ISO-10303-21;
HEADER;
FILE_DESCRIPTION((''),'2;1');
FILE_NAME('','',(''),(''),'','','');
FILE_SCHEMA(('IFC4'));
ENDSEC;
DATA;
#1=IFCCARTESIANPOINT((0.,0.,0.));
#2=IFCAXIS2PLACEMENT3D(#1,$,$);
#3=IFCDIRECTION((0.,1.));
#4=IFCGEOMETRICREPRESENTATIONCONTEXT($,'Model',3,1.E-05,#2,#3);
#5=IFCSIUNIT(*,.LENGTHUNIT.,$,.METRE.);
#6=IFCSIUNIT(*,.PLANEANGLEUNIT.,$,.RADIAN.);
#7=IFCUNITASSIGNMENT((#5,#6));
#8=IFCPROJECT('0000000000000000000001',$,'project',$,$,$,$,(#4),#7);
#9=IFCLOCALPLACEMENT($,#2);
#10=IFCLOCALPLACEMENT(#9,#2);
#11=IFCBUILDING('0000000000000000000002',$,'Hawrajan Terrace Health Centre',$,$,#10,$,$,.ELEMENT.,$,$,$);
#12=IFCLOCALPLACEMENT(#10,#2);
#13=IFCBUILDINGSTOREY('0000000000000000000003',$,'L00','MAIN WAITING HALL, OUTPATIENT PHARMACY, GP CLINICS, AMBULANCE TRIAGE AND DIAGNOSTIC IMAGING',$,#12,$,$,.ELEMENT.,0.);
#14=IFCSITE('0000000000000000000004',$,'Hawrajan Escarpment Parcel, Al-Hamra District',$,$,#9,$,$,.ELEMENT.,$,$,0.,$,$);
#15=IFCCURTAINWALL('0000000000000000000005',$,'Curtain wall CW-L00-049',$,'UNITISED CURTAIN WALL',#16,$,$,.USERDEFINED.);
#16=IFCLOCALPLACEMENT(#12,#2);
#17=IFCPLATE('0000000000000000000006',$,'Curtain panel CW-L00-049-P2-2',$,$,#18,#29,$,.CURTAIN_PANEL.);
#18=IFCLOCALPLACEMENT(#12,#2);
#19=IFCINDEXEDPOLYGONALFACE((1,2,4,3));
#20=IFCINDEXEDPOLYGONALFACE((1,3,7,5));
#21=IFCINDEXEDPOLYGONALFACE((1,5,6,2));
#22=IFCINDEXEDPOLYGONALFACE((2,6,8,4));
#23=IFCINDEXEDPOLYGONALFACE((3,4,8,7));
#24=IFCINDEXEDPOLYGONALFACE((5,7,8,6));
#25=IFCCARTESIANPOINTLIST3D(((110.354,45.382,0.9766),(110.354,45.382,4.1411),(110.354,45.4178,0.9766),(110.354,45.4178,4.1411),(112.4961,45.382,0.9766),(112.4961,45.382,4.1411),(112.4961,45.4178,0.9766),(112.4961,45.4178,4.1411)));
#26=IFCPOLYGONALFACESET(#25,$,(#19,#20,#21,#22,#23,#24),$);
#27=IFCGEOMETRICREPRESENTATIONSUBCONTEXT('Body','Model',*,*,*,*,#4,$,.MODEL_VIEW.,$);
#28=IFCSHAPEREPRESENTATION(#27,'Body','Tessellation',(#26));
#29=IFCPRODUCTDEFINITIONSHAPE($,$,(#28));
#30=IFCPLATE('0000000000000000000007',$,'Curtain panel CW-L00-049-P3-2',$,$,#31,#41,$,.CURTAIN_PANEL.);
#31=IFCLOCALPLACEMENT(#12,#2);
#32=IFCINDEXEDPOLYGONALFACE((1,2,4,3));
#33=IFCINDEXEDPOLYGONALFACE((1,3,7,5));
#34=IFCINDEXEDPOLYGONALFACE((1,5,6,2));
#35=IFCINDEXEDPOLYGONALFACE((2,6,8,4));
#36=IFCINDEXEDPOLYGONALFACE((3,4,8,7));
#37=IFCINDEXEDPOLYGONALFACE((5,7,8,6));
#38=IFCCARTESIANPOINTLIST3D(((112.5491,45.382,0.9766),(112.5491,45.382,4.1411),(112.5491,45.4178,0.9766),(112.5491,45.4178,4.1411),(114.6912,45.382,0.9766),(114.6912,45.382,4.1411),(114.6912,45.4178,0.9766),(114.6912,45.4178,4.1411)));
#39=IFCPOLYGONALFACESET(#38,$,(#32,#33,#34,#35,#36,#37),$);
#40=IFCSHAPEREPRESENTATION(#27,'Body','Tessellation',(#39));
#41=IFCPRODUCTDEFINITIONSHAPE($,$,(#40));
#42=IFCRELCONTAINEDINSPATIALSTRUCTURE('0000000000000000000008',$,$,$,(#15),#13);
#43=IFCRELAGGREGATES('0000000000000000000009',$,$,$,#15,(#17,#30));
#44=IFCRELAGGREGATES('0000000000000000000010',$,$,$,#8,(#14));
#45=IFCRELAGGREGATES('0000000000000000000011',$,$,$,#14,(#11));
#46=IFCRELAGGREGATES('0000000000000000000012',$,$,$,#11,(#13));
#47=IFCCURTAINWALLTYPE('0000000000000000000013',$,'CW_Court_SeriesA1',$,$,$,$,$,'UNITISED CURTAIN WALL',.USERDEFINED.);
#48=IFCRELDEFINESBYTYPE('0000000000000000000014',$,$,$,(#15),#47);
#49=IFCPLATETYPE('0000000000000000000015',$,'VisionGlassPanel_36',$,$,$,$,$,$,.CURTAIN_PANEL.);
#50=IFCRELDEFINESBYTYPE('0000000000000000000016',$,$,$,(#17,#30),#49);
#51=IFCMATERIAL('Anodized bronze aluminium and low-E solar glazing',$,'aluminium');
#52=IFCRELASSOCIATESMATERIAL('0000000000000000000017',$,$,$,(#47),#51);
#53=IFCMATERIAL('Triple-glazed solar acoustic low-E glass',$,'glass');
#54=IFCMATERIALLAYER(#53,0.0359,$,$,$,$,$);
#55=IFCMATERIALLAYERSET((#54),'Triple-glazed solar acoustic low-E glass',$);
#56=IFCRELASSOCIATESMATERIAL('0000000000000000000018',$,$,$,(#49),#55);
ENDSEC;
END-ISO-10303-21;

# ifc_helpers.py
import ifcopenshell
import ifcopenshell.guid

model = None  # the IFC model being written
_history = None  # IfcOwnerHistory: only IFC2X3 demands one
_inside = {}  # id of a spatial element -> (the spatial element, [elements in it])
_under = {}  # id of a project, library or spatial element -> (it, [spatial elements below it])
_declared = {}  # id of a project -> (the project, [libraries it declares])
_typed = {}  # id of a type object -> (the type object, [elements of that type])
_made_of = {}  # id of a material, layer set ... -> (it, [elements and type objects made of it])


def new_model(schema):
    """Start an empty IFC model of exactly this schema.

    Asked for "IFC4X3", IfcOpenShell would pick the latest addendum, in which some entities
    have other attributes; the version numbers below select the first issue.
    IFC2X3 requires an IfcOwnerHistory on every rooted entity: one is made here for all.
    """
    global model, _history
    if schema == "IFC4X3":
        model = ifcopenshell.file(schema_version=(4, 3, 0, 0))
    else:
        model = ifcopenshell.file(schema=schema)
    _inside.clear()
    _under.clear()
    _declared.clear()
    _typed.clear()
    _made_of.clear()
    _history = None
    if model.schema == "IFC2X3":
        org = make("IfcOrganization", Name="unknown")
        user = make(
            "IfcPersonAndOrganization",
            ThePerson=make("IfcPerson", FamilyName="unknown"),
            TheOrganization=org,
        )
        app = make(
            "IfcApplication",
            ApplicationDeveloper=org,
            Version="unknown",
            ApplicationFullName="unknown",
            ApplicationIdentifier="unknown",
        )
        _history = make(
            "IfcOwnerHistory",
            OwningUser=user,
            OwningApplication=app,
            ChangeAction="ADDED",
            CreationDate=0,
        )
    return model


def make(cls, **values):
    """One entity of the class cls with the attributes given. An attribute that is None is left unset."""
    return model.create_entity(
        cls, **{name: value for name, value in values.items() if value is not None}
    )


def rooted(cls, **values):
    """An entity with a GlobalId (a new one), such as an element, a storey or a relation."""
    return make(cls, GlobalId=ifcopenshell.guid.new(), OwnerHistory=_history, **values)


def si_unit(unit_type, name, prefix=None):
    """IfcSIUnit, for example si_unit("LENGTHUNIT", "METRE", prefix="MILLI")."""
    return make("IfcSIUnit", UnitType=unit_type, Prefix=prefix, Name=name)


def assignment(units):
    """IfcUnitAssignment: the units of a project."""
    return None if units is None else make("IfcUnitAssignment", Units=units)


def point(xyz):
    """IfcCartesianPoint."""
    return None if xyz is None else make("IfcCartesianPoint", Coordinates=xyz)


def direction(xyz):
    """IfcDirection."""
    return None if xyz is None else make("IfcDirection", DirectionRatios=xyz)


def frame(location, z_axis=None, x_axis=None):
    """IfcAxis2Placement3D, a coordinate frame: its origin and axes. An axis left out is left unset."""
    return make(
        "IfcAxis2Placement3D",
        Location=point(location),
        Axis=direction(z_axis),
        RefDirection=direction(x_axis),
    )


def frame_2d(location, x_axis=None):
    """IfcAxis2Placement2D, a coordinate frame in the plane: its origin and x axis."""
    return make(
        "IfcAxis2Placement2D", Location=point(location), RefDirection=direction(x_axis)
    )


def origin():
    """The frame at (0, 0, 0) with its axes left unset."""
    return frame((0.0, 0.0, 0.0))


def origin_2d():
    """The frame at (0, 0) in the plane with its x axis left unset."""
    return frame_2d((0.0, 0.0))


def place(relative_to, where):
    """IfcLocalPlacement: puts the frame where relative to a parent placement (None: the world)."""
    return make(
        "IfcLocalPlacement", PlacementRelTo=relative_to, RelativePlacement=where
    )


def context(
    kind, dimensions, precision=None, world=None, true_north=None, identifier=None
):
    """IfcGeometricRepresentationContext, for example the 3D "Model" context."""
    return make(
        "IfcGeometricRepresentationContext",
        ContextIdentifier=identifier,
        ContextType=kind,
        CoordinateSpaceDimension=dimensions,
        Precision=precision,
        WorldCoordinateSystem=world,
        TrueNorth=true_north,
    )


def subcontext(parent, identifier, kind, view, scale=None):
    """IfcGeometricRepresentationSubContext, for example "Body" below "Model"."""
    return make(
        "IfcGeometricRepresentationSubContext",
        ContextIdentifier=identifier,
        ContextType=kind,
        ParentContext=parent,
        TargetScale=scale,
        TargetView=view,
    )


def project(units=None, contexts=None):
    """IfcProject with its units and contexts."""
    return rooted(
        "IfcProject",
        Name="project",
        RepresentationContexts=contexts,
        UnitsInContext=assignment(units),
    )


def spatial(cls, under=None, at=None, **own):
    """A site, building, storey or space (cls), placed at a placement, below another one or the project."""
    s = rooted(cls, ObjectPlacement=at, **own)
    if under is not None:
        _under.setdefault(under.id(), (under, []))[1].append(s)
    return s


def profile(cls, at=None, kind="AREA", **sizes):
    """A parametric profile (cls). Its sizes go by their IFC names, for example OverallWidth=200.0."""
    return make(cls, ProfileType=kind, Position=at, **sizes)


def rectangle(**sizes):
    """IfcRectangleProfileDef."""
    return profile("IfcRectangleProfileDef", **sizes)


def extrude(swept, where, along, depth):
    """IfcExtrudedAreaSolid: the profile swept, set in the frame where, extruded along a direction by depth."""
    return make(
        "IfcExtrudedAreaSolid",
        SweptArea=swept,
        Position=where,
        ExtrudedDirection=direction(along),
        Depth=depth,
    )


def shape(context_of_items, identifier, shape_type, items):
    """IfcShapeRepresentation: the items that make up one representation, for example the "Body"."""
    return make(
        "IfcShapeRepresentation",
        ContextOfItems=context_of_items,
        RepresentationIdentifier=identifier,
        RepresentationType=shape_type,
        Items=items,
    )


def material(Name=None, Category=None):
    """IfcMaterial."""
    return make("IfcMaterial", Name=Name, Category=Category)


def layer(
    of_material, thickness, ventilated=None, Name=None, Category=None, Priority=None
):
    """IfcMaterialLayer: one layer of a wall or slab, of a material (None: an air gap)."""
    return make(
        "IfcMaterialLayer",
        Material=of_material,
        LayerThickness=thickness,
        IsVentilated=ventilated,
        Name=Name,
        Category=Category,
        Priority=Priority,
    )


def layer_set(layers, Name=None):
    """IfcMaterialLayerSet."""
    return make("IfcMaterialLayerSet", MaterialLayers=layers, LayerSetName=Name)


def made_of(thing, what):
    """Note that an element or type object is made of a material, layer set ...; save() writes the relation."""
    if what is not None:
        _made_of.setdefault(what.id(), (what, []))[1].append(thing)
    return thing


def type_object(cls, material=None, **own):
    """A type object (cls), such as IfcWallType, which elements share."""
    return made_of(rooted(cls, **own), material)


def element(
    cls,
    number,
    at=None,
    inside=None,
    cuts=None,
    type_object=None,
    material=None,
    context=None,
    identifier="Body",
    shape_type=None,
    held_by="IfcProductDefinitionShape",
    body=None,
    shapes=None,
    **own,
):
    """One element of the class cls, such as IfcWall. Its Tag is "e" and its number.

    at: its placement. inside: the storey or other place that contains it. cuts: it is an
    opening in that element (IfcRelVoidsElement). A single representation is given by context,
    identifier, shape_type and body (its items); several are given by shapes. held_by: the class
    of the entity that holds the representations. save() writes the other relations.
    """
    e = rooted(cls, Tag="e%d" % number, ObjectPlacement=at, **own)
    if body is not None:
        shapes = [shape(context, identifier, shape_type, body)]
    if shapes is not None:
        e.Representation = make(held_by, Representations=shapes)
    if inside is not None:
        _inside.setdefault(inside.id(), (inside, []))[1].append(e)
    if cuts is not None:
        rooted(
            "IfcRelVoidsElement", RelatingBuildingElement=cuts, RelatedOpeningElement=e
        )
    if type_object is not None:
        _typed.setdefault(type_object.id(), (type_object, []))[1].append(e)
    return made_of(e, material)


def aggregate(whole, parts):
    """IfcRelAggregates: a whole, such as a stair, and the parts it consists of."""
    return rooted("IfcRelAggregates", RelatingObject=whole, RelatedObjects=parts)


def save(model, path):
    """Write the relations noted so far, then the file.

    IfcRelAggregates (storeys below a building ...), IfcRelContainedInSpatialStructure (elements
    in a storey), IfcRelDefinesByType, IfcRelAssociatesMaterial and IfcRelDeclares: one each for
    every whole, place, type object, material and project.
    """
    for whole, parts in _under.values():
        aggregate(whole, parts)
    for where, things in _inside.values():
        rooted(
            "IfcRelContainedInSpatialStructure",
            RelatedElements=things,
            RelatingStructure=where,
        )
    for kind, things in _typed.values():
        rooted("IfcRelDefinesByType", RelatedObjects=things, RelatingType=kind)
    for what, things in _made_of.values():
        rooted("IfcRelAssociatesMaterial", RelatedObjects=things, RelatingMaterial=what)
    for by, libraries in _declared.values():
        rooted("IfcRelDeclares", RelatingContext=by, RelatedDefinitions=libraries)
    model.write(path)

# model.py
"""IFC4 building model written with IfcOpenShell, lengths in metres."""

from ifc_helpers import new_model, si_unit, direction, frame, origin, origin_2d, place, context, subcontext, project, spatial, rectangle, extrude, material, layer, layer_set, type_object, element, aggregate, save


model = new_model("IFC4")

# Units and contexts
model_context = context("Model", 3, precision=1e-05, world=origin(), true_north=direction((0.0, 1.0)))
body_context = subcontext(model_context, "Body", "Model", "MODEL_VIEW")
ifc_project = project(units=[si_unit("LENGTHUNIT", "METRE"), si_unit("PLANEANGLEUNIT", "RADIAN")], contexts=[model_context])

# Site, building, storey
site_placement = place(None, origin())
site = spatial("IfcSite", under=ifc_project, at=site_placement, Name="Hawrajan Escarpment Parcel, Al-Hamra District", CompositionType="ELEMENT", RefElevation=0.0)
building_placement = place(site_placement, origin())
building = spatial("IfcBuilding", under=site, at=building_placement, Name="Hawrajan Terrace Health Centre", CompositionType="ELEMENT")
storey_placement = place(building_placement, origin())
storey = spatial("IfcBuildingStorey", under=building, at=storey_placement, Name="L00", Description="MAIN WAITING HALL, OUTPATIENT PHARMACY, GP CLINICS, AMBULANCE TRIAGE AND DIAGNOSTIC IMAGING", CompositionType="ELEMENT", Elevation=0.0)

# Curtain wall
ifc_material_1 = material(Name="Anodized bronze aluminium and low-E solar glazing", Category="aluminium")
curtain_wall_type_1 = type_object("IfcCurtainWallType", Name="CW_Court_SeriesA1", ElementType="UNITISED CURTAIN WALL", PredefinedType="USERDEFINED", material=ifc_material_1)
curtain_wall_1_placement = place(storey_placement, origin())
curtain_wall_1 = element("IfcCurtainWall", 1, at=curtain_wall_1_placement, inside=storey, type_object=curtain_wall_type_1, Name="Curtain wall CW-L00-049", ObjectType="UNITISED CURTAIN WALL", PredefinedType="USERDEFINED")

# Plates
ifc_material_2 = material(Name="Triple-glazed solar acoustic low-E glass", Category="glass")
ifc_layer_1 = layer(ifc_material_2, 0.0359)
ifc_layer_set_1 = layer_set([ifc_layer_1], Name="Triple-glazed solar acoustic low-E glass")
plate_type_1 = type_object("IfcPlateType", Name="VisionGlassPanel_36", PredefinedType="CURTAIN_PANEL", material=ifc_layer_set_1)
plate_1_placement = place(storey_placement, frame((111.425, 45.3999, 0.9766), z_axis=(0.0, 0.0, 1.0), x_axis=(1.0, 0.0, 0.0)))
plate_1 = element("IfcPlate", 2, at=plate_1_placement, type_object=plate_type_1, Name="Curtain panel CW-L00-049-P2-2", PredefinedType="CURTAIN_PANEL", context=body_context, shape_type="SweptSolid", body=[
    extrude(rectangle(XDim=2.1421, YDim=0.0359, at=origin_2d()), origin(), (0.0, 0.0, 1.0), 3.1646),
])
plate_2_placement = place(storey_placement, frame((113.6201, 45.3999, 0.9766), z_axis=(0.0, 0.0, 1.0), x_axis=(1.0, 0.0, 0.0)))
plate_2 = element("IfcPlate", 3, at=plate_2_placement, type_object=plate_type_1, Name="Curtain panel CW-L00-049-P3-2", PredefinedType="CURTAIN_PANEL", context=body_context, shape_type="SweptSolid", body=[
    extrude(rectangle(XDim=2.1421, YDim=0.0359, at=origin_2d()), origin(), (0.0, 0.0, 1.0), 3.1646),
])
aggregate(curtain_wall_1, [plate_1, plate_2])

save(model, "model.ifc")
